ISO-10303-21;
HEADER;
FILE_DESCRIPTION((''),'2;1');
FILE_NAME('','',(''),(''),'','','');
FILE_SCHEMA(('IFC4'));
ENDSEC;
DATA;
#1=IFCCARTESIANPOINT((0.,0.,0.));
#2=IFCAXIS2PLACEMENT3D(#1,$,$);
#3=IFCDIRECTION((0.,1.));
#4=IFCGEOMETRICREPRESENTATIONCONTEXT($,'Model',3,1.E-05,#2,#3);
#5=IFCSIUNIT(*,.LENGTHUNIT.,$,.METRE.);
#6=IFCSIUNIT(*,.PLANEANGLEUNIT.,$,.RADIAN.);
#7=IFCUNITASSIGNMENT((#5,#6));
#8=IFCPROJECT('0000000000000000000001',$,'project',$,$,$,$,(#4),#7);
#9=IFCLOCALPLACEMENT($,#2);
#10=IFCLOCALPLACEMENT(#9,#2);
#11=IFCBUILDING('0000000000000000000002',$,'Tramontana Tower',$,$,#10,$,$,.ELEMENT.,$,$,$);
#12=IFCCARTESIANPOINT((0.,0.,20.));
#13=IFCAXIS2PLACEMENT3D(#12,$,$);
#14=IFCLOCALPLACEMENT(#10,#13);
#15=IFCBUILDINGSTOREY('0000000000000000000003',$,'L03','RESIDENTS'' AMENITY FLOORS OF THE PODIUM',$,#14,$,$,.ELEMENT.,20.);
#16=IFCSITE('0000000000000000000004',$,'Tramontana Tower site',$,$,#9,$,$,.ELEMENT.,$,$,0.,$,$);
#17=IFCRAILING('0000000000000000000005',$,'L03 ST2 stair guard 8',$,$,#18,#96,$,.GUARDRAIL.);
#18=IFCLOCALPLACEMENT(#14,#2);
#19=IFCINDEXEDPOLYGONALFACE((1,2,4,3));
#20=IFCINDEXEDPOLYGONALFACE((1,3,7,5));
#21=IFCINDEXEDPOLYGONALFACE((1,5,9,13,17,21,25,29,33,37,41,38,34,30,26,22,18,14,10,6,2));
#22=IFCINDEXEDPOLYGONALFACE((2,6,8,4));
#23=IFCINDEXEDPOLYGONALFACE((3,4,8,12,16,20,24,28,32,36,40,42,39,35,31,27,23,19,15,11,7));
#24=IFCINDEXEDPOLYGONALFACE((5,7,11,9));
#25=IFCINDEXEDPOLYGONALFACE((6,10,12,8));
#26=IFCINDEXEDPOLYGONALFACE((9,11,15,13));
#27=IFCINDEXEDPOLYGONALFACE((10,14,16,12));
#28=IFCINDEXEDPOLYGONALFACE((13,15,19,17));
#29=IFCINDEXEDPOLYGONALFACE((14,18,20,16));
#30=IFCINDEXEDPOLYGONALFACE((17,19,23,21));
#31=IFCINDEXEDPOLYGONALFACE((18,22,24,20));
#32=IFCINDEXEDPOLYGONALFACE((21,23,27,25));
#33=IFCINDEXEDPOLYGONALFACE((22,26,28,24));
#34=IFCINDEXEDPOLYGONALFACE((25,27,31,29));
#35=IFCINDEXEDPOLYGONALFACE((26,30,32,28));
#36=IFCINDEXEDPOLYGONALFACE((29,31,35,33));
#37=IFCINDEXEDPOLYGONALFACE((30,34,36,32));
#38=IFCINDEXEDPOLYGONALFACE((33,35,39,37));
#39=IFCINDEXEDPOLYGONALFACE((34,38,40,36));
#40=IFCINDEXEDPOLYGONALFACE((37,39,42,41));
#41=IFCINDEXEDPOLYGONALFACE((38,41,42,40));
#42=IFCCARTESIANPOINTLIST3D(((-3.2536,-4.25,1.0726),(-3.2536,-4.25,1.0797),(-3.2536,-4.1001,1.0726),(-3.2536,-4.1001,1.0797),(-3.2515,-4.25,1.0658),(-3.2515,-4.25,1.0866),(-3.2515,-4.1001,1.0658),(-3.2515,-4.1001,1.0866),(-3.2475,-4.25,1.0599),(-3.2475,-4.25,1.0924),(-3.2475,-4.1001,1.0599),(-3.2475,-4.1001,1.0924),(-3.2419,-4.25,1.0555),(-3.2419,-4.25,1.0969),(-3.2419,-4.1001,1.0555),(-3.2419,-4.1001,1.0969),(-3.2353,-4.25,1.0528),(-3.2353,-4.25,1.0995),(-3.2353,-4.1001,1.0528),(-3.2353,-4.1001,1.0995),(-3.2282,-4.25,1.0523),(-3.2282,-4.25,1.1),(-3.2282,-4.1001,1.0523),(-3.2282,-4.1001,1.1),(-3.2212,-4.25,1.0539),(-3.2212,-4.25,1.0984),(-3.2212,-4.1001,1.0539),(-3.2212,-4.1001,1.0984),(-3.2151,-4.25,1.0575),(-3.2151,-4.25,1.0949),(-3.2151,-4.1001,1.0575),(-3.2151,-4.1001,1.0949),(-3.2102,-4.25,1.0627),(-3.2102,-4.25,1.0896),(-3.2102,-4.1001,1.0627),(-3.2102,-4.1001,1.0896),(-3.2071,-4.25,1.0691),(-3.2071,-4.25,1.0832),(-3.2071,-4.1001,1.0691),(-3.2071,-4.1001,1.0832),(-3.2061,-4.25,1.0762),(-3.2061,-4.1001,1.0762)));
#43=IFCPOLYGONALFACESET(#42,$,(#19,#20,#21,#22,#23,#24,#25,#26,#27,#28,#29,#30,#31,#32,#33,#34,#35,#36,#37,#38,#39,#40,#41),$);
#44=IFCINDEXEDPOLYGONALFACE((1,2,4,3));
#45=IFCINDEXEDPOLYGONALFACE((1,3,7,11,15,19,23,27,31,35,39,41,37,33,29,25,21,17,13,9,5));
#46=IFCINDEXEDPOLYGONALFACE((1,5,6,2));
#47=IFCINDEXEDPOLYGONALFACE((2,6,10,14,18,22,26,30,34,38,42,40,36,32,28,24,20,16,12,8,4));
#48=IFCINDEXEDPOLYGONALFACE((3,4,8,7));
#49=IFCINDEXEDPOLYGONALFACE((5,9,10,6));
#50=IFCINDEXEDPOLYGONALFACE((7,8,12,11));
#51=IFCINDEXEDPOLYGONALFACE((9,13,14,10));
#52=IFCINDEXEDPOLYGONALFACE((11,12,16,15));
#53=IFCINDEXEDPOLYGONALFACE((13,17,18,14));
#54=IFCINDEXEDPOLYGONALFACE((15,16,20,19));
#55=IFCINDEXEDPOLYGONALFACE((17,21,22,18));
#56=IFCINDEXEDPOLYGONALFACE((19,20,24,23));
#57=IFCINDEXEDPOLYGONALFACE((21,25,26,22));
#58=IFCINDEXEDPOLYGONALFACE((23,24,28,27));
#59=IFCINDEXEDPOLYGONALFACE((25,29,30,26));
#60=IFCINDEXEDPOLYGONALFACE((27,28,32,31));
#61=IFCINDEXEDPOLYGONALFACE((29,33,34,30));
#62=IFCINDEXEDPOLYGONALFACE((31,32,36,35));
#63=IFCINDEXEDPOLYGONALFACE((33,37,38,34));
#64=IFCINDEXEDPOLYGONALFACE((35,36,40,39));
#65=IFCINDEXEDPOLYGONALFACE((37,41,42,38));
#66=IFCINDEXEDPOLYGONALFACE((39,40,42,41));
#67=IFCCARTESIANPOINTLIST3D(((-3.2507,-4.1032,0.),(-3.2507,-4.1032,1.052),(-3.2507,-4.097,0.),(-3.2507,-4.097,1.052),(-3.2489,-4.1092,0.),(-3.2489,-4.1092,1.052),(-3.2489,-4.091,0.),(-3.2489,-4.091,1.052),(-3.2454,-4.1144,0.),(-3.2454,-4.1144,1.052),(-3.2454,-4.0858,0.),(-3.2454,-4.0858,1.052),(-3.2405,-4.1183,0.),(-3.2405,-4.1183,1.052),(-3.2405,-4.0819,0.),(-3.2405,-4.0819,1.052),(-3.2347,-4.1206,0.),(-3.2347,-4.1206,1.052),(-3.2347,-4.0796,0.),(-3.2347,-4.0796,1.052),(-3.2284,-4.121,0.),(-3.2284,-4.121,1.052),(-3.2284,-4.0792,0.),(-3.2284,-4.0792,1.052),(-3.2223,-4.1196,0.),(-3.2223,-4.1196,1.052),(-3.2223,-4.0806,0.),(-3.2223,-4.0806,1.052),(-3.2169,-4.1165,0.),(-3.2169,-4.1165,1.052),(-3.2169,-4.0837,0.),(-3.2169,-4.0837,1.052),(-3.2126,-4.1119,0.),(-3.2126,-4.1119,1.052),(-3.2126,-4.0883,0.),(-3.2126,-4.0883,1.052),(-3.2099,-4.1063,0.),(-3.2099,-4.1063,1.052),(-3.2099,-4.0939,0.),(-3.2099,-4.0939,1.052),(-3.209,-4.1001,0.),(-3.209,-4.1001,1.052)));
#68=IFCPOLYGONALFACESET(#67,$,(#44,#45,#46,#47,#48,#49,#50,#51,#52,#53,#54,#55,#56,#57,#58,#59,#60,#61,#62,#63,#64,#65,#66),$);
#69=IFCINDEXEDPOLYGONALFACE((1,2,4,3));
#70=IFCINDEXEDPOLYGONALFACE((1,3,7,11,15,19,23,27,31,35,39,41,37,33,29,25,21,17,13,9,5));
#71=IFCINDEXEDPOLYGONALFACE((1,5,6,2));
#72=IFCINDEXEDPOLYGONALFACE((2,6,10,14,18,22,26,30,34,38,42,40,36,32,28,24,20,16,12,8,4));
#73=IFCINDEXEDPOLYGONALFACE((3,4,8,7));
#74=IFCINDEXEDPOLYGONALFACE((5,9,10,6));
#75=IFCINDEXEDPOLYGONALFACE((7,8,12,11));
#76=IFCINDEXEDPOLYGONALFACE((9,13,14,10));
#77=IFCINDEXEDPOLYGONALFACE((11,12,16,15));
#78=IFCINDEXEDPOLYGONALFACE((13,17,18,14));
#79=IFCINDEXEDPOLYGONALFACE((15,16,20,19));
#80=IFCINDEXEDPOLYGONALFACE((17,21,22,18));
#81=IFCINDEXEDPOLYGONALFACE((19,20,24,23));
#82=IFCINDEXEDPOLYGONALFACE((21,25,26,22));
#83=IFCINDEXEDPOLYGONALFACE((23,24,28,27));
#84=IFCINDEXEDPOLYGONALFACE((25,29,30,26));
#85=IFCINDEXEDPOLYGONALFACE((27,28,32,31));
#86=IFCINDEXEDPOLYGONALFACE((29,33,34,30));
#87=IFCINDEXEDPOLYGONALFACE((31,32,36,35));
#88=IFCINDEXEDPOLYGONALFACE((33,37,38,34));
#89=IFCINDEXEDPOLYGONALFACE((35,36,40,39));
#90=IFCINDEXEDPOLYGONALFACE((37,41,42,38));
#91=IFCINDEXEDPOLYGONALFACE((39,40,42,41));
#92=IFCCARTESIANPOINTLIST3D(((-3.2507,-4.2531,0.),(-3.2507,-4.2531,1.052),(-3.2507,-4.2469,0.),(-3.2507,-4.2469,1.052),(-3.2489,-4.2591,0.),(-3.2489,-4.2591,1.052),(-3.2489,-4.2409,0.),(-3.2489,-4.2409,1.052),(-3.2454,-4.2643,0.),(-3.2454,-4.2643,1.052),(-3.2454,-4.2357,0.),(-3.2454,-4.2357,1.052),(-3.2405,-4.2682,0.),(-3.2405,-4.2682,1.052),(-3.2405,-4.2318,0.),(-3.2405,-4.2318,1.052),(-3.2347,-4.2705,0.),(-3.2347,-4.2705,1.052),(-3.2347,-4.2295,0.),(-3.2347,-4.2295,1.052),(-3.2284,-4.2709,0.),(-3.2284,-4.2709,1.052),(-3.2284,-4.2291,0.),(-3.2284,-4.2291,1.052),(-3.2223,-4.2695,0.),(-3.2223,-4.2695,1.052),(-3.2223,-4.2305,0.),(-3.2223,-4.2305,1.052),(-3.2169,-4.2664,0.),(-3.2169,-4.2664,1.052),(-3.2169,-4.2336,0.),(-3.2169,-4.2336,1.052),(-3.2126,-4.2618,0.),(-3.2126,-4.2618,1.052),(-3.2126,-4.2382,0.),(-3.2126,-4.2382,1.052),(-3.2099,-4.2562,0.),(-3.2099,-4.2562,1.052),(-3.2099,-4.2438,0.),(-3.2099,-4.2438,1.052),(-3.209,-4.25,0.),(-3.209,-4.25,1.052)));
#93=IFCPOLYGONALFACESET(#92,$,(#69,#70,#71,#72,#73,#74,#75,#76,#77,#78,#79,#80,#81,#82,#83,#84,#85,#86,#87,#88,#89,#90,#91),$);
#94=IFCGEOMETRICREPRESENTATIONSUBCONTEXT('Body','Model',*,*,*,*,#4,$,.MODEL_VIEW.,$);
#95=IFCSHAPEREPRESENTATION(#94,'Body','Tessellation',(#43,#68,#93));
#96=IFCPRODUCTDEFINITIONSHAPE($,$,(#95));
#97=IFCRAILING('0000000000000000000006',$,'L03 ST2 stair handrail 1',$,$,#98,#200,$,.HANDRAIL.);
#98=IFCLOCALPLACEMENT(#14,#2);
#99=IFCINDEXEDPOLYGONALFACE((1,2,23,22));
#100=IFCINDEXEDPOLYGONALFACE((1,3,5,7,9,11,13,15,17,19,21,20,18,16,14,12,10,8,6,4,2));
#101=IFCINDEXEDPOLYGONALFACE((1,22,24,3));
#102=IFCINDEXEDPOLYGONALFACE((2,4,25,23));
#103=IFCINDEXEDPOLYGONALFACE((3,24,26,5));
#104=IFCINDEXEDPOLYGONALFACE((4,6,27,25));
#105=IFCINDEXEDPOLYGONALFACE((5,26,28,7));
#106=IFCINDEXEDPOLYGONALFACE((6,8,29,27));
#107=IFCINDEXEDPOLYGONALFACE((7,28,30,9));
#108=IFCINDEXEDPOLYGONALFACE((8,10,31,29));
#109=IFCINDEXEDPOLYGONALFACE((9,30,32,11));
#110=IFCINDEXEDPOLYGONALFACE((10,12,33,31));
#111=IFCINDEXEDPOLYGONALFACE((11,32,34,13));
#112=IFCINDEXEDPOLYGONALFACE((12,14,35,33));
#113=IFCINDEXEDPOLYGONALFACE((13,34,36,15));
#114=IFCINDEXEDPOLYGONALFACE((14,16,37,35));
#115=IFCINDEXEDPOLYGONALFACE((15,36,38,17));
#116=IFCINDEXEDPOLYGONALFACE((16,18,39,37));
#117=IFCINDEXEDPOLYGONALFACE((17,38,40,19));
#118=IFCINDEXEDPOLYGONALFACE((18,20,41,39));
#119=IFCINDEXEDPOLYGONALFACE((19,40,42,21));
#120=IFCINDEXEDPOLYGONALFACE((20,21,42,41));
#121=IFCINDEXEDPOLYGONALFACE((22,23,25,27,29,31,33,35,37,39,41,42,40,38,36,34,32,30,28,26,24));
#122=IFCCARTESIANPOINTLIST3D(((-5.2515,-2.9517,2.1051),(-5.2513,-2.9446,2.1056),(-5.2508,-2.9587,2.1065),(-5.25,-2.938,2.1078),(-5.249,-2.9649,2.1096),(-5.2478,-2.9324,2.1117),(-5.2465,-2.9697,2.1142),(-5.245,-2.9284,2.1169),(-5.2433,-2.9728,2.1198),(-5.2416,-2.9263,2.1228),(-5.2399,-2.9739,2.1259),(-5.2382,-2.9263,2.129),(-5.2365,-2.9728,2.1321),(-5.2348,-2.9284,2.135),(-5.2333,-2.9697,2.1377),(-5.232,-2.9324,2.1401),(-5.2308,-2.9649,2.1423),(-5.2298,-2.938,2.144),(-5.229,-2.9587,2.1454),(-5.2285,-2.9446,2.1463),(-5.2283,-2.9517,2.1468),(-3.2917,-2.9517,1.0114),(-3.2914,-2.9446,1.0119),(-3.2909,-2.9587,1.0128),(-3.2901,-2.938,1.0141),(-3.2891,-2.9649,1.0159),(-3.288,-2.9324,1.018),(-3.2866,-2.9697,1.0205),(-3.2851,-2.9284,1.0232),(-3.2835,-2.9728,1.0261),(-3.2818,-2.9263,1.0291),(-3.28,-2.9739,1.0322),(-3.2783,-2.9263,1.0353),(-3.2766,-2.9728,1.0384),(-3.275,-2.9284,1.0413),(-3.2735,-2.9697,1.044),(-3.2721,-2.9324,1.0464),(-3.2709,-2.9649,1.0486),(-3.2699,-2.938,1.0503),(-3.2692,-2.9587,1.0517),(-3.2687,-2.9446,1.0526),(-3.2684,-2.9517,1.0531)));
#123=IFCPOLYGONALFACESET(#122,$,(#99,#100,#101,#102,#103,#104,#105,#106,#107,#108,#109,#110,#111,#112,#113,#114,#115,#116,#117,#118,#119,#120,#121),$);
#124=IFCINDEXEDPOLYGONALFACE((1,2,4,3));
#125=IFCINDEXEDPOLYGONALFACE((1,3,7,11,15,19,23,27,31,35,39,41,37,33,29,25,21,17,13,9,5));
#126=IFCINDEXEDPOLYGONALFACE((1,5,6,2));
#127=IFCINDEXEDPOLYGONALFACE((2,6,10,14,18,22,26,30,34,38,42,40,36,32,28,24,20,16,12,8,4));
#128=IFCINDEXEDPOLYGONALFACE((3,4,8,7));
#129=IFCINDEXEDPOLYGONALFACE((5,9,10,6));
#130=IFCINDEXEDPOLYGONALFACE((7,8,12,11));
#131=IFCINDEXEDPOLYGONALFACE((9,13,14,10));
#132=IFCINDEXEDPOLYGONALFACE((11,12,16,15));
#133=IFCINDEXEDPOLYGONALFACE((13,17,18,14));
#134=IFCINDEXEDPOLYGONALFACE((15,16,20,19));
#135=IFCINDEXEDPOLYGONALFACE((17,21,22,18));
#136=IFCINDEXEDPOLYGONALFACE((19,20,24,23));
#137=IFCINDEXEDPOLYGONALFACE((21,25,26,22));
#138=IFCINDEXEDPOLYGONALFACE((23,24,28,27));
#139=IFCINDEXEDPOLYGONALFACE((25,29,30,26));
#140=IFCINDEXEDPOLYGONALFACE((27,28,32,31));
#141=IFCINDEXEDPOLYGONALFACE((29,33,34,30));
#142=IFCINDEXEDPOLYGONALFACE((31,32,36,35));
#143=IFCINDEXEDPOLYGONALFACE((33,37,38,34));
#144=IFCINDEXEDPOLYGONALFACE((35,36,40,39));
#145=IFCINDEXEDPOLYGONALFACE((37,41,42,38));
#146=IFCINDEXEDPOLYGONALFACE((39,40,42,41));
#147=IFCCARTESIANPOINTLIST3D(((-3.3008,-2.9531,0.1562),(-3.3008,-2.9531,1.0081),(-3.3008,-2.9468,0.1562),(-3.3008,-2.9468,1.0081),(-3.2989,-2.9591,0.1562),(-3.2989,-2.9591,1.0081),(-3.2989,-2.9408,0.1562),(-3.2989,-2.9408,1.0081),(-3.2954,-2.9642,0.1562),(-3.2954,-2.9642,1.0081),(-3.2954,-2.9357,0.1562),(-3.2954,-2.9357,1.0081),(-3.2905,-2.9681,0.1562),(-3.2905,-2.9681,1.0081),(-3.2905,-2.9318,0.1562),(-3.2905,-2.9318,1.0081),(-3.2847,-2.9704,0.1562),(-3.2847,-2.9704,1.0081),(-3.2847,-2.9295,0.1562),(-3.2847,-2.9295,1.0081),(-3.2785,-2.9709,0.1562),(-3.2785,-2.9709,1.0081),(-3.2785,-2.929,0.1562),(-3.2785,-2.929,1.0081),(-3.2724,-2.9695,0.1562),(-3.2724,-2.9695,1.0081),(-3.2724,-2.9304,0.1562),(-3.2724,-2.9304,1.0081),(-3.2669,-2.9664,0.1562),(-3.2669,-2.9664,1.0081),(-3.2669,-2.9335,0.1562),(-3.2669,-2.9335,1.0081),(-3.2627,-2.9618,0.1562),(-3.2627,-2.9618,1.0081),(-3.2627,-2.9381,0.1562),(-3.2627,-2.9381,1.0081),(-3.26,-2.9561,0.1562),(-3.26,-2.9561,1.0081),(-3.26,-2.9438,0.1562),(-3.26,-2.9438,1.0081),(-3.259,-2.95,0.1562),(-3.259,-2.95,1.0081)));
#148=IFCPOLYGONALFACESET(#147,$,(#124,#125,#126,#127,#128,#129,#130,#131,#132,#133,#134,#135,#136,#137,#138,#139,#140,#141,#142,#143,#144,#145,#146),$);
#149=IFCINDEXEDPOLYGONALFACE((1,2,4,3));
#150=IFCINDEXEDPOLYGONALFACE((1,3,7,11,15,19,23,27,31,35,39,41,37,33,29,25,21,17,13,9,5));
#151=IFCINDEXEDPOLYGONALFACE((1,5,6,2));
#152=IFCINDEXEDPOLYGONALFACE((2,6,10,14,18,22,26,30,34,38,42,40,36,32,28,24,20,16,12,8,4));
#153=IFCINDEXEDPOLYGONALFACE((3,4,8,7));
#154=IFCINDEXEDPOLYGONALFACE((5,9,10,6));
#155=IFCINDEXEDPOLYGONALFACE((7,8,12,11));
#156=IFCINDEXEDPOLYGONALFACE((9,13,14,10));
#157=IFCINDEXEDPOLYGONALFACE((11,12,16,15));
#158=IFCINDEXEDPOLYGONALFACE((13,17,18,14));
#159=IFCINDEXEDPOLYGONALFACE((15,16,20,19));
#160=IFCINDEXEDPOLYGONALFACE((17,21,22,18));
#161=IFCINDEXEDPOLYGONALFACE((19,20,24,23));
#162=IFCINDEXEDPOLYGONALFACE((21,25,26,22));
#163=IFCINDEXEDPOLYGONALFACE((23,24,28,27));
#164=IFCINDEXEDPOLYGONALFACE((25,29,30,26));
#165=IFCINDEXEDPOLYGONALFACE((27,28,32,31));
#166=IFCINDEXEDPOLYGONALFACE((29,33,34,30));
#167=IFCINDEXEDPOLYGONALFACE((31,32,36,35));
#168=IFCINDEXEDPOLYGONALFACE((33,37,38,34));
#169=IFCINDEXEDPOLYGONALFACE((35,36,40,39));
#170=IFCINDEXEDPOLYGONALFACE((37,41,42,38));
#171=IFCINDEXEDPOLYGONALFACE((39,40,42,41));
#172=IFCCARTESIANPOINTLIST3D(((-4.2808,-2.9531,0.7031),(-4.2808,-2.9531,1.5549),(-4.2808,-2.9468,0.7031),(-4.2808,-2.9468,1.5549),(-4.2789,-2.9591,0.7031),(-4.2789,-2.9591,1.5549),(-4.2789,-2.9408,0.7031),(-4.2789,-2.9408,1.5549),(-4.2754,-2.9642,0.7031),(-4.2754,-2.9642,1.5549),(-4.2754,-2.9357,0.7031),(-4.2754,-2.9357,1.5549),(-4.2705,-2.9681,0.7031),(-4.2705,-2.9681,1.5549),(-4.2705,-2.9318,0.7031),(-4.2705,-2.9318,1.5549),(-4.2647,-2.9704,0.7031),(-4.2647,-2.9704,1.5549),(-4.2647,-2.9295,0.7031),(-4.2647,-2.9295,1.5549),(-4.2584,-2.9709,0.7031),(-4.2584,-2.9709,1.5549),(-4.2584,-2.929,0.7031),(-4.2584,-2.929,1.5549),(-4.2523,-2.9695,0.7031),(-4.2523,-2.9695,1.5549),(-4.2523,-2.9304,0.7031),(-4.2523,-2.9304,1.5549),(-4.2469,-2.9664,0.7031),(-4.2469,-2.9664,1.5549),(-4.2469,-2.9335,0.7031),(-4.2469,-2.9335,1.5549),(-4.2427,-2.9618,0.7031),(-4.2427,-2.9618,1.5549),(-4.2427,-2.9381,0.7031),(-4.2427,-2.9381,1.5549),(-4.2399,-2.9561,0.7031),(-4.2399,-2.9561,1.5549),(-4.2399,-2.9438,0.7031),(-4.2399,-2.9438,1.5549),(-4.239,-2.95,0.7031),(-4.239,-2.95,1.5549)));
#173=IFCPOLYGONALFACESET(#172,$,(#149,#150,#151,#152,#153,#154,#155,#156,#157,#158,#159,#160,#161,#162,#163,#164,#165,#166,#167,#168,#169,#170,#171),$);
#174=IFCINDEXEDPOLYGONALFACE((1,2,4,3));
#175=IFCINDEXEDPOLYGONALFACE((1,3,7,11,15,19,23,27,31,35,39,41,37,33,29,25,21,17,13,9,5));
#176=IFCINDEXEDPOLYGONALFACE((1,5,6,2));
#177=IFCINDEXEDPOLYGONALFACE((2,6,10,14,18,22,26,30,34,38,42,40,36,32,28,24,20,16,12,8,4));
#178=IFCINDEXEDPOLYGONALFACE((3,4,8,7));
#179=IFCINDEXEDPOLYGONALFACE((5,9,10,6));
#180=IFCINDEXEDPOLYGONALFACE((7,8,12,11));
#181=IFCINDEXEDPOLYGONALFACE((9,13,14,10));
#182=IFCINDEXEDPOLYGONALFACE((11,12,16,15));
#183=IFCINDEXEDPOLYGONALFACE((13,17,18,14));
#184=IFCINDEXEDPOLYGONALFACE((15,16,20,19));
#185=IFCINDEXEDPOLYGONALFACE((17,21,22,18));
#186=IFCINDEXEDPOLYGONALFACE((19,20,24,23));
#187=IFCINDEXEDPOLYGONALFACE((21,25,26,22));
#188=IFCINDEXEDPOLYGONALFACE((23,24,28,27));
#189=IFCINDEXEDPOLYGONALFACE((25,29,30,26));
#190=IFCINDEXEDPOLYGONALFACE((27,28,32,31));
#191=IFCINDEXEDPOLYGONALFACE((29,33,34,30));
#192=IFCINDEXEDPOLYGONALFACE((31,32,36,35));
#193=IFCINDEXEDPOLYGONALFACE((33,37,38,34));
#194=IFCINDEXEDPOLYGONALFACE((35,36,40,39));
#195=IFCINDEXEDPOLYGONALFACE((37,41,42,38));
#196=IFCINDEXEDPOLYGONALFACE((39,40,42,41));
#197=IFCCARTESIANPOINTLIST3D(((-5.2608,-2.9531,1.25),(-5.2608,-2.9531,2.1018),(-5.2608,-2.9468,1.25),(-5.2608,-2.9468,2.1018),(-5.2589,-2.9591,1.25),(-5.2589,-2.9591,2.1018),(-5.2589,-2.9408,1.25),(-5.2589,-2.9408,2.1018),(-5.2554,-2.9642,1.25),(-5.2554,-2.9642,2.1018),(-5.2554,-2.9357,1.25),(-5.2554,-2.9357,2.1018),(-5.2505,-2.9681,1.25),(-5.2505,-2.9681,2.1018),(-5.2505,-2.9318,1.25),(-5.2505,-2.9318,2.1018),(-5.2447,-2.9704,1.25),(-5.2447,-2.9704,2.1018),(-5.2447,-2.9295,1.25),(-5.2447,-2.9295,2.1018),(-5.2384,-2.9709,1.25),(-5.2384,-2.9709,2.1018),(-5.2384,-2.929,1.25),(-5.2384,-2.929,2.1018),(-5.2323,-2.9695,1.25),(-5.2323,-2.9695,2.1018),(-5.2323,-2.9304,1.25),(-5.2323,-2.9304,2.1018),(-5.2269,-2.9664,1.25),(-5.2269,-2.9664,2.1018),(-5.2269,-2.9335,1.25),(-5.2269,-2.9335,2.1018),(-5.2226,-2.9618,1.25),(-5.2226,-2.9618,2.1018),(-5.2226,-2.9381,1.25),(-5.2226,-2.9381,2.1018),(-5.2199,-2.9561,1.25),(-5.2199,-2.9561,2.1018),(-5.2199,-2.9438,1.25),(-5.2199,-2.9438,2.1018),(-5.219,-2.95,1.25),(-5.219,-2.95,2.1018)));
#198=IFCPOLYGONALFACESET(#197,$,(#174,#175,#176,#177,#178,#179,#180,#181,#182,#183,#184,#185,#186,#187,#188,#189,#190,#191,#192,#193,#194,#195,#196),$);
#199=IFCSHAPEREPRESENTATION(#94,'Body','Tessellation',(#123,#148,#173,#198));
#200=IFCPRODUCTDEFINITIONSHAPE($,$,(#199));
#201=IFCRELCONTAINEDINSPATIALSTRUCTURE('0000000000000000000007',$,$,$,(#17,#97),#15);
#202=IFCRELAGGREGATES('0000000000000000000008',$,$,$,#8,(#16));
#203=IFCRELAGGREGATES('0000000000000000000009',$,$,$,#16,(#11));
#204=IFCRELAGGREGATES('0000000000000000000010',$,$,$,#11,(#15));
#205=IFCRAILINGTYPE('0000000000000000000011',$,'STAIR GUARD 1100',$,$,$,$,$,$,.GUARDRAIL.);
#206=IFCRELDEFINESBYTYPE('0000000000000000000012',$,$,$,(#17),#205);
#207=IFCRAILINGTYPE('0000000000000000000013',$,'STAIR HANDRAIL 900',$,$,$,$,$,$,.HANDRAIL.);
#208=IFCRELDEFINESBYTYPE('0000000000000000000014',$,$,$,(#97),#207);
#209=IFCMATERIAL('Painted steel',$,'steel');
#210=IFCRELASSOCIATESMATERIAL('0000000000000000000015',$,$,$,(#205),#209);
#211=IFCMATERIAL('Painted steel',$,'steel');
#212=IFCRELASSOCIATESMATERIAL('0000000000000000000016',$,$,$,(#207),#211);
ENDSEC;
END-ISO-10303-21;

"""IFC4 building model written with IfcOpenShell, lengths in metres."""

from ifc_helpers import new_model, si_unit, direction, frame, origin, origin_2d, place, context, subcontext, project, spatial, circle, extrude, material, type_object, element, save


model = new_model("IFC4")

# Units and contexts
model_context = context("Model", 3, precision=1e-05, world=origin(), true_north=direction((0.0, 1.0)))
body_context = subcontext(model_context, "Body", "Model", "MODEL_VIEW")
ifc_project = project(units=[si_unit("LENGTHUNIT", "METRE"), si_unit("PLANEANGLEUNIT", "RADIAN")], contexts=[model_context])

# Site, building, storey
site_placement = place(None, origin())
site = spatial("IfcSite", under=ifc_project, at=site_placement, Name="Tramontana Tower site", CompositionType="ELEMENT", RefElevation=0.0)
building_placement = place(site_placement, origin())
building = spatial("IfcBuilding", under=site, at=building_placement, Name="Tramontana Tower", CompositionType="ELEMENT")
storey_placement = place(building_placement, frame((0.0, 0.0, 20.0)))
storey = spatial("IfcBuildingStorey", under=building, at=storey_placement, Name="L03", Description="RESIDENTS' AMENITY FLOORS OF THE PODIUM", CompositionType="ELEMENT", Elevation=20.0)

# Railings
ifc_material_1 = material(Name="Painted steel", Category="steel")
railing_type_1 = type_object("IfcRailingType", Name="STAIR GUARD 1100", PredefinedType="GUARDRAIL", material=ifc_material_1)
for number, where, name in (
    (1, (-3.23, -4.1001, 0.0), "L03 ST2 stair guard 8"),
):
    element("IfcRailing", number, at=place(storey_placement, frame(where)), inside=storey, type_object=railing_type_1, Name=name, PredefinedType="GUARDRAIL", context=body_context, shape_type="SweptSolid", body=[
        extrude(circle(Radius=0.0239, at=origin_2d()), frame((0.0, 0.0, 1.0762), z_axis=(0.0, -1.0, 0.0), x_axis=(1.0, 0.0, 0.0)), (0.0, 0.0, 1.0), 0.1499),
        extrude(circle(Radius=0.021, at=origin_2d()), origin(), (0.0, 0.0, 1.0), 1.052),
        extrude(circle(Radius=0.021, at=origin_2d()), frame((0.0, -0.1499, 0.0)), (0.0, 0.0, 1.0), 1.052),
    ])
ifc_material_2 = material(Name="Painted steel", Category="steel")
railing_type_2 = type_object("IfcRailingType", Name="STAIR HANDRAIL 900", PredefinedType="HANDRAIL", material=ifc_material_2)
railing_1_placement = place(storey_placement, frame((-3.28, -2.95, 0.1562)))
element("IfcRailing", 2, at=railing_1_placement, inside=storey, type_object=railing_type_2, Name="L03 ST2 stair handrail 1", PredefinedType="HANDRAIL", context=body_context, shape_type="SweptSolid", body=[
    extrude(circle(Radius=0.0239, at=origin_2d()), frame((0.0, 0.0, 0.876), z_axis=(-0.873232, 0.0, 0.487304), x_axis=(0.0, -1.0, 0.0)), (0.0, 0.0, 1.0), 2.2444),
    extrude(circle(Radius=0.021, at=origin_2d()), origin(), (0.0, 0.0, 1.0), 0.8518),
    extrude(circle(Radius=0.021, at=origin_2d()), frame((-0.98, 0.0, 0.5469)), (0.0, 0.0, 1.0), 0.8518),
    extrude(circle(Radius=0.021, at=origin_2d()), frame((-1.96, 0.0, 1.0938)), (0.0, 0.0, 1.0), 0.8518),
])

save(model, "model.ifc")
